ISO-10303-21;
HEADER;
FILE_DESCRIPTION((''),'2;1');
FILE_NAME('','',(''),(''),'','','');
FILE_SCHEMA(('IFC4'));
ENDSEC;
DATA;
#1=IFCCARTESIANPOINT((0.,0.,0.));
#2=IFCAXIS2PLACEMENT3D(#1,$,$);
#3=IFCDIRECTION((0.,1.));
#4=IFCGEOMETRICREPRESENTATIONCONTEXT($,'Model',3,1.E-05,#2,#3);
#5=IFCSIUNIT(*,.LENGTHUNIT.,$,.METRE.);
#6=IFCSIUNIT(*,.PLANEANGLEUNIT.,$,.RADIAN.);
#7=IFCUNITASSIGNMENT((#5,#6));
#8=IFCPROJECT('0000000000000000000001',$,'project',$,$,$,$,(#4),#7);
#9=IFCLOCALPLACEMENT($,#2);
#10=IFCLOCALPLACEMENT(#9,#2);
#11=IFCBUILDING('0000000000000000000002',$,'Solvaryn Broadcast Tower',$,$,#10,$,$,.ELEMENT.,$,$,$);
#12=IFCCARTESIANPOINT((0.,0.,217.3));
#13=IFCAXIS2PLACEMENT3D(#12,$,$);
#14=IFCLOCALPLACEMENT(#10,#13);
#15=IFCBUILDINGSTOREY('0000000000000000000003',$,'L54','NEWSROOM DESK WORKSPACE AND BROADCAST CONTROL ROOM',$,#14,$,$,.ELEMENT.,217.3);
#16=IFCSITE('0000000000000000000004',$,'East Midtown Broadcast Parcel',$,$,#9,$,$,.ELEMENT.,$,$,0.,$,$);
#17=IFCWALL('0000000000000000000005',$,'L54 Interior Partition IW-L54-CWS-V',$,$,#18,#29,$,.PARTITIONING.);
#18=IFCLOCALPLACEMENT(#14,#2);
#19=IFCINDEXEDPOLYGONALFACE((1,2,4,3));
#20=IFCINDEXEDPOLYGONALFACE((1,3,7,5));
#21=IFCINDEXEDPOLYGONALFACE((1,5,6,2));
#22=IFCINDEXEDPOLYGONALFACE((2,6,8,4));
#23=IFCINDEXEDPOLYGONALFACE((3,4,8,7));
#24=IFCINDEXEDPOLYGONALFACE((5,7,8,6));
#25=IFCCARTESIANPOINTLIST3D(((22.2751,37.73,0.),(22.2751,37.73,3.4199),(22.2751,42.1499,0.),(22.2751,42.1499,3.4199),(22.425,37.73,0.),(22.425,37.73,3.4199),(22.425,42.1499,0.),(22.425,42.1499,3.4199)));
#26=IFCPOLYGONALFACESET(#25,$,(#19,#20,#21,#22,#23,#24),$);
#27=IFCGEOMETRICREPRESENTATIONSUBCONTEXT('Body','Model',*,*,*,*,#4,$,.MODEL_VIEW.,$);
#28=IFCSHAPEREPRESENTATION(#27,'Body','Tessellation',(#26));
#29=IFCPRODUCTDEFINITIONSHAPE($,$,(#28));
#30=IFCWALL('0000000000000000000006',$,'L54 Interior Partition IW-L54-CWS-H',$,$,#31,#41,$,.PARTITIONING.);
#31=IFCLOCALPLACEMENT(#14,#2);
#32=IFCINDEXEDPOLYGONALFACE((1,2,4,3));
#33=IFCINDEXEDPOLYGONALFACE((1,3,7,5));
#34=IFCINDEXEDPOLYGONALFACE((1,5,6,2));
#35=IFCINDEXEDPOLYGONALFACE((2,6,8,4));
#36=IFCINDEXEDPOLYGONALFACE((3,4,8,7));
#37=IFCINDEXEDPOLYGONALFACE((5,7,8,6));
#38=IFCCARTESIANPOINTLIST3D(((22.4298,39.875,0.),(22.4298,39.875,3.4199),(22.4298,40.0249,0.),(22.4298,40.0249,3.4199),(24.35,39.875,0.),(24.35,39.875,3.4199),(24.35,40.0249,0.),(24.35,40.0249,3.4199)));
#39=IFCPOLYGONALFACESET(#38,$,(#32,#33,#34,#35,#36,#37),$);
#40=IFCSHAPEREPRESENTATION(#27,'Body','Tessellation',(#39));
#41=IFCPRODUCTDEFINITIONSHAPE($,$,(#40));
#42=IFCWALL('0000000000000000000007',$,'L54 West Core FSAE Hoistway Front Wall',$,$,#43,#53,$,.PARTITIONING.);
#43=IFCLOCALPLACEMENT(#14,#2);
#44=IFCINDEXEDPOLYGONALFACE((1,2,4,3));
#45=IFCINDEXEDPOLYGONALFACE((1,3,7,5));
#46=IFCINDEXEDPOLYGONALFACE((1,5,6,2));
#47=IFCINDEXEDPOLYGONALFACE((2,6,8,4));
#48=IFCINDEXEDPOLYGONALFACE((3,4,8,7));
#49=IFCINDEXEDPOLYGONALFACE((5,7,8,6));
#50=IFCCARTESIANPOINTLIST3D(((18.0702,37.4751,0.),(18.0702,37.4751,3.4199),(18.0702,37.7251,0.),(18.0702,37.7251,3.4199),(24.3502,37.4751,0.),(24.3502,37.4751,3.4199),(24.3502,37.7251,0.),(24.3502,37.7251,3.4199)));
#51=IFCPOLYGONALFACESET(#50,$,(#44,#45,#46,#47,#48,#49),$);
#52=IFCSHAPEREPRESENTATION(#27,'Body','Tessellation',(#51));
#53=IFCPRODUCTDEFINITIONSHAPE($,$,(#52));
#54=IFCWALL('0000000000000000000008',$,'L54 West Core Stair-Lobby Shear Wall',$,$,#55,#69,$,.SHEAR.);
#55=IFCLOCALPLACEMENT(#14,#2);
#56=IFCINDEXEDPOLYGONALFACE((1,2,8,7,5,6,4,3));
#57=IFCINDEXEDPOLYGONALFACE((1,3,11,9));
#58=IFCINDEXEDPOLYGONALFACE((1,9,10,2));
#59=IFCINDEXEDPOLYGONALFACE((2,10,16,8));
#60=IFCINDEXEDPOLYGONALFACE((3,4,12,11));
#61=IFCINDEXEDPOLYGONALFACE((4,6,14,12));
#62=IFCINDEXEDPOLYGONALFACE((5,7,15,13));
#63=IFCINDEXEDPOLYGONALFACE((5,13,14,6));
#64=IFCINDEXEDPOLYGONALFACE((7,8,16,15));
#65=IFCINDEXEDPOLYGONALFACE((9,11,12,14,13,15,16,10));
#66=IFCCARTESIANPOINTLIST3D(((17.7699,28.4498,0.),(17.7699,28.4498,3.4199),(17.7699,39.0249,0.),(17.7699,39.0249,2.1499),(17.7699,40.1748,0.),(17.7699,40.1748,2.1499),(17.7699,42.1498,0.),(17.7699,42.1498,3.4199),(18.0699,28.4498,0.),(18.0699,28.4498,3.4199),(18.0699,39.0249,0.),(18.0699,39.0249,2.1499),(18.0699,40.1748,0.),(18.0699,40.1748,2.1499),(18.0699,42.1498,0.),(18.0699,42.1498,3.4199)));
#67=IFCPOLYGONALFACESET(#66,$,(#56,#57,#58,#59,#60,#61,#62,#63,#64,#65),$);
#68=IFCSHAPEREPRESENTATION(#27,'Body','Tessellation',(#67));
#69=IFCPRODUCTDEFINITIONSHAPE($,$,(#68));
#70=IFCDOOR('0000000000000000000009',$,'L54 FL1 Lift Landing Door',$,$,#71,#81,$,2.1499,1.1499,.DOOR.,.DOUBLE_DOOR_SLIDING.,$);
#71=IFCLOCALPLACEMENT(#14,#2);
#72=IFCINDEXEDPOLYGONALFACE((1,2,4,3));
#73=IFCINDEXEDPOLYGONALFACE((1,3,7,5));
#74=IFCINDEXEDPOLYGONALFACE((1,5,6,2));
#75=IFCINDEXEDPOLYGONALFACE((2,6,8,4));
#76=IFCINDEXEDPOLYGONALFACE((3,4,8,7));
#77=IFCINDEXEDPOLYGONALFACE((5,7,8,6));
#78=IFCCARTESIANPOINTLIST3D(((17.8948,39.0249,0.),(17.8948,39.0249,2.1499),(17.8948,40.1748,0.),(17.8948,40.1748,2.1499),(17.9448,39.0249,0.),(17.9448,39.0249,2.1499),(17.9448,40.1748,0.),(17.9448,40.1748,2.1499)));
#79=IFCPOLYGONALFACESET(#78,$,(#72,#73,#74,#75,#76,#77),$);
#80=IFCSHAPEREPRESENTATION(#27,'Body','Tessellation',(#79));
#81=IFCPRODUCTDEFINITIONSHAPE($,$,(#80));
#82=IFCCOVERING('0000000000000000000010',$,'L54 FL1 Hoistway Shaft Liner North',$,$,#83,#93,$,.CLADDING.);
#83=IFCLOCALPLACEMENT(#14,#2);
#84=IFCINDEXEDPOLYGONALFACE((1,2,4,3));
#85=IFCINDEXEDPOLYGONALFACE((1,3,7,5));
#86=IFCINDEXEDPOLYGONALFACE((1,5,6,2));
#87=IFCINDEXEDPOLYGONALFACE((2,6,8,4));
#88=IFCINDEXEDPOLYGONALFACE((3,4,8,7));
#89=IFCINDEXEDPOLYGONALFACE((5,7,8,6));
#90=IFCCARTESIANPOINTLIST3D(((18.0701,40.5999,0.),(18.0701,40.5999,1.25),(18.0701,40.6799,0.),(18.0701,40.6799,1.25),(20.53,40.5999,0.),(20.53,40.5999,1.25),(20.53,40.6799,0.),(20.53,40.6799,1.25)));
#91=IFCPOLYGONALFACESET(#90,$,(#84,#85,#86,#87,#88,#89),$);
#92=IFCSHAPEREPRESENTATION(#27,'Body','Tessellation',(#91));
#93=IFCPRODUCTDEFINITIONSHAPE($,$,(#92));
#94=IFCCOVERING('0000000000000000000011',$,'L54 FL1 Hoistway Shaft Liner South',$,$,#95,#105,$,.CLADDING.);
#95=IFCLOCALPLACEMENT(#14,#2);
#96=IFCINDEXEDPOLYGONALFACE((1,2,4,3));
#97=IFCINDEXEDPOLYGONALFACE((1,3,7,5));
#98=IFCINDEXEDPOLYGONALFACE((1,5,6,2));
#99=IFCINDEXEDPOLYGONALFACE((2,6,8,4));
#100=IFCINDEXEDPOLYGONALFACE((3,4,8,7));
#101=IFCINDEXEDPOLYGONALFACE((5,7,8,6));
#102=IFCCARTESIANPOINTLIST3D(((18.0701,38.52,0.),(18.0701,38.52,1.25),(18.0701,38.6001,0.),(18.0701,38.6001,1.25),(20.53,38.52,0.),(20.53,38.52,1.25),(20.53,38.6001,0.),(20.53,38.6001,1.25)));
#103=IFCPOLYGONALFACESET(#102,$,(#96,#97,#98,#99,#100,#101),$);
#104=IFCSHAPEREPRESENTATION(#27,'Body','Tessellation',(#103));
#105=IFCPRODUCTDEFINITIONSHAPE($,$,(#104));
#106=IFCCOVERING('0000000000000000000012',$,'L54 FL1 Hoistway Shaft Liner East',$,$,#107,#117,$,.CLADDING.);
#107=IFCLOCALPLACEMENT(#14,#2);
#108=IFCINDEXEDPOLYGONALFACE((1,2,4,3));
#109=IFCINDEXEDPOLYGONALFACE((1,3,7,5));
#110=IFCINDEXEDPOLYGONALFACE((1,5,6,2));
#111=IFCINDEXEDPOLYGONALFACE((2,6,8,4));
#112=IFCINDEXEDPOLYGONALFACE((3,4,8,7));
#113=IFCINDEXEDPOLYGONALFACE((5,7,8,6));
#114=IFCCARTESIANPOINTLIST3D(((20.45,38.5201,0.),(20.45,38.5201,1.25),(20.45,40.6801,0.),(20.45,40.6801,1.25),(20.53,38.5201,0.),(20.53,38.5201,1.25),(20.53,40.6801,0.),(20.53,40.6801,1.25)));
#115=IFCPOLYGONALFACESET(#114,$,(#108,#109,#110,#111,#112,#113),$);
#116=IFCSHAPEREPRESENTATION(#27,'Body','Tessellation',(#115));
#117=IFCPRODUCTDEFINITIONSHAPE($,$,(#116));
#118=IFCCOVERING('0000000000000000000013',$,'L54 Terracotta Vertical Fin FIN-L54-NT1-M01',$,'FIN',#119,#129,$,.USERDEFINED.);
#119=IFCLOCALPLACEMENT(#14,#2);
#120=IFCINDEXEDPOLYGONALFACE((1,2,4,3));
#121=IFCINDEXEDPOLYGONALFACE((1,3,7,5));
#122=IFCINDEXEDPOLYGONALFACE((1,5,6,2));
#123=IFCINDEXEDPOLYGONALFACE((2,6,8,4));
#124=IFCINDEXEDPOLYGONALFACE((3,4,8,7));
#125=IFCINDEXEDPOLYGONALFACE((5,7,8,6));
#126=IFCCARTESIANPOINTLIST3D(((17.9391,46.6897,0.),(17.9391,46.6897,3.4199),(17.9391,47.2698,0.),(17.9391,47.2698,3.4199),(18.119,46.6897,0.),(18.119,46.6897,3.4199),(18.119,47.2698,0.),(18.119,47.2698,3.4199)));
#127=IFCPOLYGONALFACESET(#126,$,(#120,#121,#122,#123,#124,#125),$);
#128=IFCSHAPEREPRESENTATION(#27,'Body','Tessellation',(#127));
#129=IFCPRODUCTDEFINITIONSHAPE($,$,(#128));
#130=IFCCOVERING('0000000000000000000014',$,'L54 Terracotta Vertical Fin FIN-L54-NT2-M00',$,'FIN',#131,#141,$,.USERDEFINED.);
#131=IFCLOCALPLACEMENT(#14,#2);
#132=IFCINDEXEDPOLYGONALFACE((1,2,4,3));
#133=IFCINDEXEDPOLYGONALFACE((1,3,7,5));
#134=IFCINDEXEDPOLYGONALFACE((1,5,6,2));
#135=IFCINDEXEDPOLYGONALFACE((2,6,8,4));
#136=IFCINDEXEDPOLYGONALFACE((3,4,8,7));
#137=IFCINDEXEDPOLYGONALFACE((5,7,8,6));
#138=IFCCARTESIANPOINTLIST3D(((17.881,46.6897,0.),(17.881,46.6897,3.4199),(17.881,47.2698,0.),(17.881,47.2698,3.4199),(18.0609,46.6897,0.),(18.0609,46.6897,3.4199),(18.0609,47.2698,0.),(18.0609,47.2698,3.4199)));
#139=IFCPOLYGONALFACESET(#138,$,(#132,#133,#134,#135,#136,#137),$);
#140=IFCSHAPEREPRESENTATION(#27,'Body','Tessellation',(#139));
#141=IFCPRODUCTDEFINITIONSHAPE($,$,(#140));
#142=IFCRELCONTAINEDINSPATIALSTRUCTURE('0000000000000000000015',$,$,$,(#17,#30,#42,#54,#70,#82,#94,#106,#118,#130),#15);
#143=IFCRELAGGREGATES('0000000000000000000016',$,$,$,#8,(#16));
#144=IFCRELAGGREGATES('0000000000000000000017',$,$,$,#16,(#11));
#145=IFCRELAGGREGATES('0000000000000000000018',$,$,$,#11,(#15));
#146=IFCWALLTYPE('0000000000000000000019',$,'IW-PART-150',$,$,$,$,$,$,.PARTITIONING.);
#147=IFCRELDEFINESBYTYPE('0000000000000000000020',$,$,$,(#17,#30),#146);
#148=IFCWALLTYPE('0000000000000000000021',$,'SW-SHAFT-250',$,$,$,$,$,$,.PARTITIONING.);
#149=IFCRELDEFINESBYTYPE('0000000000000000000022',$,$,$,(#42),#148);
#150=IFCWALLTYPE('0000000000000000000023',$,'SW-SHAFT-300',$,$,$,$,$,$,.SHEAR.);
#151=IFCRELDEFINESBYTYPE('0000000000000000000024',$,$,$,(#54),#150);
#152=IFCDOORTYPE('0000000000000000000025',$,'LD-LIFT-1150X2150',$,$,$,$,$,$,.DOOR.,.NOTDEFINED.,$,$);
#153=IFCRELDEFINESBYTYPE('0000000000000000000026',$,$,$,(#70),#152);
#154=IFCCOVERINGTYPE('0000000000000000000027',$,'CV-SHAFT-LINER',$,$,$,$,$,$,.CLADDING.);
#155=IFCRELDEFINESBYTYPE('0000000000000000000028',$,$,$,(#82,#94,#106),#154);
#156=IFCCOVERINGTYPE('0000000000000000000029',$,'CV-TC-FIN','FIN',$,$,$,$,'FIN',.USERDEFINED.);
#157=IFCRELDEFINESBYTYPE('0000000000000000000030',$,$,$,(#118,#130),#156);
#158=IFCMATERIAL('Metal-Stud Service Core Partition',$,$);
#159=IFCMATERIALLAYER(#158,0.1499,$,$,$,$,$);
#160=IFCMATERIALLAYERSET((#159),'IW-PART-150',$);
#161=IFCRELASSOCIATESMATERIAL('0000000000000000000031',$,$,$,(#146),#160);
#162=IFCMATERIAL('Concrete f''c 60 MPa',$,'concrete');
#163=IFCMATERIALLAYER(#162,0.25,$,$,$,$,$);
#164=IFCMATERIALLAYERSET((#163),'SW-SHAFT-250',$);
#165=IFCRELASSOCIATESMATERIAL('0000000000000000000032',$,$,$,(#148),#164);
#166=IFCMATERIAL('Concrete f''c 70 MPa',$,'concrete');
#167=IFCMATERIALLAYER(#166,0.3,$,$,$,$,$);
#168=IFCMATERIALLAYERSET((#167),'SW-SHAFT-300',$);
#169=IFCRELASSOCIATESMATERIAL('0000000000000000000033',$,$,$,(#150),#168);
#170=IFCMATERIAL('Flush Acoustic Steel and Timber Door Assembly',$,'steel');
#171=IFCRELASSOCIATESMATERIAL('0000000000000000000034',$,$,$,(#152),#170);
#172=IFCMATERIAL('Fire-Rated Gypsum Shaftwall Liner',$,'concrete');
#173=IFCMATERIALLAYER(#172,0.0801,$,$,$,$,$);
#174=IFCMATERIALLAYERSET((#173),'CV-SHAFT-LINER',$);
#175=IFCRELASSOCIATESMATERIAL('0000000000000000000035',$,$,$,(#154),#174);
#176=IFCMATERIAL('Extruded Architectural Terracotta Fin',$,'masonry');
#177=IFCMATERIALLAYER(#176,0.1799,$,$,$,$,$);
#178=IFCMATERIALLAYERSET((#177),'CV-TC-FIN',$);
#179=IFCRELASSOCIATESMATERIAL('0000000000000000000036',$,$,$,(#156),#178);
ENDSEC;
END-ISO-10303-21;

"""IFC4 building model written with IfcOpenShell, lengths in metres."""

from ifc_helpers import new_model, si_unit, direction, frame, frame_2d, origin, origin_2d, place, context, subcontext, project, spatial, rectangle, extrude, material, layer, layer_set, type_object, element, fill, save


model = new_model("IFC4")

# Units and contexts
model_context = context("Model", 3, precision=1e-05, world=origin(), true_north=direction((0.0, 1.0)))
body_context = subcontext(model_context, "Body", "Model", "MODEL_VIEW")
ifc_project = project(units=[si_unit("LENGTHUNIT", "METRE"), si_unit("PLANEANGLEUNIT", "RADIAN")], contexts=[model_context])

# Site, building, storey
site_placement = place(None, origin())
site = spatial("IfcSite", under=ifc_project, at=site_placement, Name="East Midtown Broadcast Parcel", CompositionType="ELEMENT", RefElevation=0.0)
building_placement = place(site_placement, origin())
building = spatial("IfcBuilding", under=site, at=building_placement, Name="Solvaryn Broadcast Tower", CompositionType="ELEMENT")
storey_placement = place(building_placement, frame((0.0, 0.0, 217.3)))
storey = spatial("IfcBuildingStorey", under=building, at=storey_placement, Name="L54", Description="NEWSROOM DESK WORKSPACE AND BROADCAST CONTROL ROOM", CompositionType="ELEMENT", Elevation=217.3)

# Walls
ifc_material_1 = material(Name="Metal-Stud Service Core Partition")
ifc_layer_1 = layer(ifc_material_1, 0.1499)
ifc_layer_set_1 = layer_set([ifc_layer_1], Name="IW-PART-150")
wall_type_1 = type_object("IfcWallType", Name="IW-PART-150", PredefinedType="PARTITIONING", material=ifc_layer_set_1)
wall_1_placement = place(storey_placement, frame((22.3501, 37.73, 0.0), z_axis=(0.0, 0.0, 1.0), x_axis=(0.0, 1.0, 0.0)))
element("IfcWall", 1, at=wall_1_placement, inside=storey, type_object=wall_type_1, Name="L54 Interior Partition IW-L54-CWS-V", PredefinedType="PARTITIONING", context=body_context, shape_type="SweptSolid", body=[
    extrude(rectangle(XDim=4.4199, YDim=0.1499, at=frame_2d((2.21, 0.0))), origin(), (0.0, 0.0, 1.0), 3.4199),
])
wall_2_placement = place(storey_placement, frame((22.4299, 39.95, 0.0), z_axis=(0.0, 0.0, 1.0), x_axis=(1.0, 0.0, 0.0)))
element("IfcWall", 2, at=wall_2_placement, inside=storey, type_object=wall_type_1, Name="L54 Interior Partition IW-L54-CWS-H", PredefinedType="PARTITIONING", context=body_context, shape_type="SweptSolid", body=[
    extrude(rectangle(XDim=1.9202, YDim=0.1499, at=frame_2d((0.96, 0.0))), origin(), (0.0, 0.0, 1.0), 3.4199),
])
ifc_material_2 = material(Name="Concrete f'c 60 MPa", Category="concrete")
ifc_layer_2 = layer(ifc_material_2, 0.25)
ifc_layer_set_2 = layer_set([ifc_layer_2], Name="SW-SHAFT-250")
wall_type_2 = type_object("IfcWallType", Name="SW-SHAFT-250", PredefinedType="PARTITIONING", material=ifc_layer_set_2)
wall_3_placement = place(storey_placement, frame((18.0701, 37.6001, 0.0), z_axis=(0.0, 0.0, 1.0), x_axis=(1.0, 0.0, 0.0)))
element("IfcWall", 3, at=wall_3_placement, inside=storey, type_object=wall_type_2, Name="L54 West Core FSAE Hoistway Front Wall", PredefinedType="PARTITIONING", context=body_context, shape_type="SweptSolid", body=[
    extrude(rectangle(XDim=6.28, YDim=0.25, at=frame_2d((3.1401, 0.0))), origin(), (0.0, 0.0, 1.0), 3.4199),
])

# Wall, opening, door
ifc_material_3 = material(Name="Concrete f'c 70 MPa", Category="concrete")
ifc_layer_3 = layer(ifc_material_3, 0.3)
ifc_layer_set_3 = layer_set([ifc_layer_3], Name="SW-SHAFT-300")
wall_type_3 = type_object("IfcWallType", Name="SW-SHAFT-300", PredefinedType="SHEAR", material=ifc_layer_set_3)
wall_4_placement = place(storey_placement, frame((17.9199, 42.1499, 0.0), z_axis=(0.0, 0.0, 1.0), x_axis=(0.0, -1.0, 0.0)))
wall_4 = element("IfcWall", 4, at=wall_4_placement, inside=storey, type_object=wall_type_3, Name="L54 West Core Stair-Lobby Shear Wall", PredefinedType="SHEAR", context=body_context, shape_type="SweptSolid", body=[
    extrude(rectangle(XDim=13.7, YDim=0.3, at=frame_2d((6.8501, 0.0))), origin(), (0.0, 0.0, 1.0), 3.4199),
])
opening_placement = place(wall_4_placement, frame((1.9751, 0.0, 0.0)))
opening = element("IfcOpeningElement", 5, at=opening_placement, cuts=wall_4, PredefinedType="OPENING", context=body_context, shape_type="SweptSolid", body=[
    extrude(rectangle(XDim=1.1499, YDim=2.1499, at=frame_2d((0.575, 1.075))), frame((0.0, 0.1599, 0.0), z_axis=(0.0, -1.0, 0.0), x_axis=(1.0, 0.0, 0.0)), (0.0, 0.0, 1.0), 0.3201),
])
ifc_material_4 = material(Name="Flush Acoustic Steel and Timber Door Assembly", Category="steel")
door_type = type_object("IfcDoorType", Name="LD-LIFT-1150X2150", OperationType="NOTDEFINED", PredefinedType="DOOR", material=ifc_material_4)
door_placement = place(opening_placement, origin())
door = element("IfcDoor", 6, at=door_placement, inside=storey, type_object=door_type, Name="L54 FL1 Lift Landing Door", OperationType="DOUBLE_DOOR_SLIDING", OverallHeight=2.1499, OverallWidth=1.1499, PredefinedType="DOOR", context=body_context, shape_type="SweptSolid", body=[
    extrude(rectangle(XDim=1.1499, YDim=2.1499, at=frame_2d((0.575, 1.075))), frame((0.0, 0.0249, 0.0), z_axis=(0.0, -1.0, 0.0), x_axis=(1.0, 0.0, 0.0)), (0.0, 0.0, 1.0), 0.05),
])
fill(opening, door)

# Coverings
ifc_material_5 = material(Name="Fire-Rated Gypsum Shaftwall Liner", Category="concrete")
ifc_layer_4 = layer(ifc_material_5, 0.0801)
ifc_layer_set_4 = layer_set([ifc_layer_4], Name="CV-SHAFT-LINER")
covering_type_1 = type_object("IfcCoveringType", Name="CV-SHAFT-LINER", PredefinedType="CLADDING", material=ifc_layer_set_4)
for number, where, z_axis, x_axis, name in (
    (7, (19.3, 40.6399, 0.0), (0.0, 0.0, 1.0), (1.0, 0.0, 0.0), "L54 FL1 Hoistway Shaft Liner North"),
    (8, (19.3, 38.5601, 0.0), (0.0, 0.0, 1.0), (1.0, 0.0, 0.0), "L54 FL1 Hoistway Shaft Liner South"),
):
    element("IfcCovering", number, at=place(storey_placement, frame(where, z_axis=z_axis, x_axis=x_axis)), inside=storey, type_object=covering_type_1, Name=name, PredefinedType="CLADDING", context=body_context, shape_type="SweptSolid", body=[
        extrude(rectangle(XDim=2.46, YDim=0.0801, at=origin_2d()), origin(), (0.0, 0.0, 1.0), 1.25),
    ])
covering_placement = place(storey_placement, frame((20.49, 39.6001, 0.0), z_axis=(0.0, 0.0, 1.0), x_axis=(1.0, 0.0, 0.0)))
element("IfcCovering", 9, at=covering_placement, inside=storey, type_object=covering_type_1, Name="L54 FL1 Hoistway Shaft Liner East", PredefinedType="CLADDING", context=body_context, shape_type="SweptSolid", body=[
    extrude(rectangle(XDim=0.0801, YDim=2.1599, at=origin_2d()), origin(), (0.0, 0.0, 1.0), 1.25),
])
ifc_material_6 = material(Name="Extruded Architectural Terracotta Fin", Category="masonry")
ifc_layer_5 = layer(ifc_material_6, 0.1799)
ifc_layer_set_5 = layer_set([ifc_layer_5], Name="CV-TC-FIN")
covering_type_2 = type_object("IfcCoveringType", Name="CV-TC-FIN", Description="FIN", ElementType="FIN", PredefinedType="USERDEFINED", material=ifc_layer_set_5)
for number, where, z_axis, x_axis, name in (
    (10, (18.0291, 46.9797, 0.0), (0.0, 0.0, 1.0), (1.0, 0.0, 0.0), "L54 Terracotta Vertical Fin FIN-L54-NT1-M01"),
    (11, (17.9709, 46.9797, 0.0), (0.0, 0.0, 1.0), (1.0, 0.0, 0.0), "L54 Terracotta Vertical Fin FIN-L54-NT2-M00"),
):
    element("IfcCovering", number, at=place(storey_placement, frame(where, z_axis=z_axis, x_axis=x_axis)), inside=storey, type_object=covering_type_2, Name=name, ObjectType="FIN", PredefinedType="USERDEFINED", context=body_context, shape_type="SweptSolid", body=[
        extrude(rectangle(XDim=0.1799, YDim=0.5801, at=origin_2d()), origin(), (0.0, 0.0, 1.0), 3.4199),
    ])

save(model, "model.ifc")
